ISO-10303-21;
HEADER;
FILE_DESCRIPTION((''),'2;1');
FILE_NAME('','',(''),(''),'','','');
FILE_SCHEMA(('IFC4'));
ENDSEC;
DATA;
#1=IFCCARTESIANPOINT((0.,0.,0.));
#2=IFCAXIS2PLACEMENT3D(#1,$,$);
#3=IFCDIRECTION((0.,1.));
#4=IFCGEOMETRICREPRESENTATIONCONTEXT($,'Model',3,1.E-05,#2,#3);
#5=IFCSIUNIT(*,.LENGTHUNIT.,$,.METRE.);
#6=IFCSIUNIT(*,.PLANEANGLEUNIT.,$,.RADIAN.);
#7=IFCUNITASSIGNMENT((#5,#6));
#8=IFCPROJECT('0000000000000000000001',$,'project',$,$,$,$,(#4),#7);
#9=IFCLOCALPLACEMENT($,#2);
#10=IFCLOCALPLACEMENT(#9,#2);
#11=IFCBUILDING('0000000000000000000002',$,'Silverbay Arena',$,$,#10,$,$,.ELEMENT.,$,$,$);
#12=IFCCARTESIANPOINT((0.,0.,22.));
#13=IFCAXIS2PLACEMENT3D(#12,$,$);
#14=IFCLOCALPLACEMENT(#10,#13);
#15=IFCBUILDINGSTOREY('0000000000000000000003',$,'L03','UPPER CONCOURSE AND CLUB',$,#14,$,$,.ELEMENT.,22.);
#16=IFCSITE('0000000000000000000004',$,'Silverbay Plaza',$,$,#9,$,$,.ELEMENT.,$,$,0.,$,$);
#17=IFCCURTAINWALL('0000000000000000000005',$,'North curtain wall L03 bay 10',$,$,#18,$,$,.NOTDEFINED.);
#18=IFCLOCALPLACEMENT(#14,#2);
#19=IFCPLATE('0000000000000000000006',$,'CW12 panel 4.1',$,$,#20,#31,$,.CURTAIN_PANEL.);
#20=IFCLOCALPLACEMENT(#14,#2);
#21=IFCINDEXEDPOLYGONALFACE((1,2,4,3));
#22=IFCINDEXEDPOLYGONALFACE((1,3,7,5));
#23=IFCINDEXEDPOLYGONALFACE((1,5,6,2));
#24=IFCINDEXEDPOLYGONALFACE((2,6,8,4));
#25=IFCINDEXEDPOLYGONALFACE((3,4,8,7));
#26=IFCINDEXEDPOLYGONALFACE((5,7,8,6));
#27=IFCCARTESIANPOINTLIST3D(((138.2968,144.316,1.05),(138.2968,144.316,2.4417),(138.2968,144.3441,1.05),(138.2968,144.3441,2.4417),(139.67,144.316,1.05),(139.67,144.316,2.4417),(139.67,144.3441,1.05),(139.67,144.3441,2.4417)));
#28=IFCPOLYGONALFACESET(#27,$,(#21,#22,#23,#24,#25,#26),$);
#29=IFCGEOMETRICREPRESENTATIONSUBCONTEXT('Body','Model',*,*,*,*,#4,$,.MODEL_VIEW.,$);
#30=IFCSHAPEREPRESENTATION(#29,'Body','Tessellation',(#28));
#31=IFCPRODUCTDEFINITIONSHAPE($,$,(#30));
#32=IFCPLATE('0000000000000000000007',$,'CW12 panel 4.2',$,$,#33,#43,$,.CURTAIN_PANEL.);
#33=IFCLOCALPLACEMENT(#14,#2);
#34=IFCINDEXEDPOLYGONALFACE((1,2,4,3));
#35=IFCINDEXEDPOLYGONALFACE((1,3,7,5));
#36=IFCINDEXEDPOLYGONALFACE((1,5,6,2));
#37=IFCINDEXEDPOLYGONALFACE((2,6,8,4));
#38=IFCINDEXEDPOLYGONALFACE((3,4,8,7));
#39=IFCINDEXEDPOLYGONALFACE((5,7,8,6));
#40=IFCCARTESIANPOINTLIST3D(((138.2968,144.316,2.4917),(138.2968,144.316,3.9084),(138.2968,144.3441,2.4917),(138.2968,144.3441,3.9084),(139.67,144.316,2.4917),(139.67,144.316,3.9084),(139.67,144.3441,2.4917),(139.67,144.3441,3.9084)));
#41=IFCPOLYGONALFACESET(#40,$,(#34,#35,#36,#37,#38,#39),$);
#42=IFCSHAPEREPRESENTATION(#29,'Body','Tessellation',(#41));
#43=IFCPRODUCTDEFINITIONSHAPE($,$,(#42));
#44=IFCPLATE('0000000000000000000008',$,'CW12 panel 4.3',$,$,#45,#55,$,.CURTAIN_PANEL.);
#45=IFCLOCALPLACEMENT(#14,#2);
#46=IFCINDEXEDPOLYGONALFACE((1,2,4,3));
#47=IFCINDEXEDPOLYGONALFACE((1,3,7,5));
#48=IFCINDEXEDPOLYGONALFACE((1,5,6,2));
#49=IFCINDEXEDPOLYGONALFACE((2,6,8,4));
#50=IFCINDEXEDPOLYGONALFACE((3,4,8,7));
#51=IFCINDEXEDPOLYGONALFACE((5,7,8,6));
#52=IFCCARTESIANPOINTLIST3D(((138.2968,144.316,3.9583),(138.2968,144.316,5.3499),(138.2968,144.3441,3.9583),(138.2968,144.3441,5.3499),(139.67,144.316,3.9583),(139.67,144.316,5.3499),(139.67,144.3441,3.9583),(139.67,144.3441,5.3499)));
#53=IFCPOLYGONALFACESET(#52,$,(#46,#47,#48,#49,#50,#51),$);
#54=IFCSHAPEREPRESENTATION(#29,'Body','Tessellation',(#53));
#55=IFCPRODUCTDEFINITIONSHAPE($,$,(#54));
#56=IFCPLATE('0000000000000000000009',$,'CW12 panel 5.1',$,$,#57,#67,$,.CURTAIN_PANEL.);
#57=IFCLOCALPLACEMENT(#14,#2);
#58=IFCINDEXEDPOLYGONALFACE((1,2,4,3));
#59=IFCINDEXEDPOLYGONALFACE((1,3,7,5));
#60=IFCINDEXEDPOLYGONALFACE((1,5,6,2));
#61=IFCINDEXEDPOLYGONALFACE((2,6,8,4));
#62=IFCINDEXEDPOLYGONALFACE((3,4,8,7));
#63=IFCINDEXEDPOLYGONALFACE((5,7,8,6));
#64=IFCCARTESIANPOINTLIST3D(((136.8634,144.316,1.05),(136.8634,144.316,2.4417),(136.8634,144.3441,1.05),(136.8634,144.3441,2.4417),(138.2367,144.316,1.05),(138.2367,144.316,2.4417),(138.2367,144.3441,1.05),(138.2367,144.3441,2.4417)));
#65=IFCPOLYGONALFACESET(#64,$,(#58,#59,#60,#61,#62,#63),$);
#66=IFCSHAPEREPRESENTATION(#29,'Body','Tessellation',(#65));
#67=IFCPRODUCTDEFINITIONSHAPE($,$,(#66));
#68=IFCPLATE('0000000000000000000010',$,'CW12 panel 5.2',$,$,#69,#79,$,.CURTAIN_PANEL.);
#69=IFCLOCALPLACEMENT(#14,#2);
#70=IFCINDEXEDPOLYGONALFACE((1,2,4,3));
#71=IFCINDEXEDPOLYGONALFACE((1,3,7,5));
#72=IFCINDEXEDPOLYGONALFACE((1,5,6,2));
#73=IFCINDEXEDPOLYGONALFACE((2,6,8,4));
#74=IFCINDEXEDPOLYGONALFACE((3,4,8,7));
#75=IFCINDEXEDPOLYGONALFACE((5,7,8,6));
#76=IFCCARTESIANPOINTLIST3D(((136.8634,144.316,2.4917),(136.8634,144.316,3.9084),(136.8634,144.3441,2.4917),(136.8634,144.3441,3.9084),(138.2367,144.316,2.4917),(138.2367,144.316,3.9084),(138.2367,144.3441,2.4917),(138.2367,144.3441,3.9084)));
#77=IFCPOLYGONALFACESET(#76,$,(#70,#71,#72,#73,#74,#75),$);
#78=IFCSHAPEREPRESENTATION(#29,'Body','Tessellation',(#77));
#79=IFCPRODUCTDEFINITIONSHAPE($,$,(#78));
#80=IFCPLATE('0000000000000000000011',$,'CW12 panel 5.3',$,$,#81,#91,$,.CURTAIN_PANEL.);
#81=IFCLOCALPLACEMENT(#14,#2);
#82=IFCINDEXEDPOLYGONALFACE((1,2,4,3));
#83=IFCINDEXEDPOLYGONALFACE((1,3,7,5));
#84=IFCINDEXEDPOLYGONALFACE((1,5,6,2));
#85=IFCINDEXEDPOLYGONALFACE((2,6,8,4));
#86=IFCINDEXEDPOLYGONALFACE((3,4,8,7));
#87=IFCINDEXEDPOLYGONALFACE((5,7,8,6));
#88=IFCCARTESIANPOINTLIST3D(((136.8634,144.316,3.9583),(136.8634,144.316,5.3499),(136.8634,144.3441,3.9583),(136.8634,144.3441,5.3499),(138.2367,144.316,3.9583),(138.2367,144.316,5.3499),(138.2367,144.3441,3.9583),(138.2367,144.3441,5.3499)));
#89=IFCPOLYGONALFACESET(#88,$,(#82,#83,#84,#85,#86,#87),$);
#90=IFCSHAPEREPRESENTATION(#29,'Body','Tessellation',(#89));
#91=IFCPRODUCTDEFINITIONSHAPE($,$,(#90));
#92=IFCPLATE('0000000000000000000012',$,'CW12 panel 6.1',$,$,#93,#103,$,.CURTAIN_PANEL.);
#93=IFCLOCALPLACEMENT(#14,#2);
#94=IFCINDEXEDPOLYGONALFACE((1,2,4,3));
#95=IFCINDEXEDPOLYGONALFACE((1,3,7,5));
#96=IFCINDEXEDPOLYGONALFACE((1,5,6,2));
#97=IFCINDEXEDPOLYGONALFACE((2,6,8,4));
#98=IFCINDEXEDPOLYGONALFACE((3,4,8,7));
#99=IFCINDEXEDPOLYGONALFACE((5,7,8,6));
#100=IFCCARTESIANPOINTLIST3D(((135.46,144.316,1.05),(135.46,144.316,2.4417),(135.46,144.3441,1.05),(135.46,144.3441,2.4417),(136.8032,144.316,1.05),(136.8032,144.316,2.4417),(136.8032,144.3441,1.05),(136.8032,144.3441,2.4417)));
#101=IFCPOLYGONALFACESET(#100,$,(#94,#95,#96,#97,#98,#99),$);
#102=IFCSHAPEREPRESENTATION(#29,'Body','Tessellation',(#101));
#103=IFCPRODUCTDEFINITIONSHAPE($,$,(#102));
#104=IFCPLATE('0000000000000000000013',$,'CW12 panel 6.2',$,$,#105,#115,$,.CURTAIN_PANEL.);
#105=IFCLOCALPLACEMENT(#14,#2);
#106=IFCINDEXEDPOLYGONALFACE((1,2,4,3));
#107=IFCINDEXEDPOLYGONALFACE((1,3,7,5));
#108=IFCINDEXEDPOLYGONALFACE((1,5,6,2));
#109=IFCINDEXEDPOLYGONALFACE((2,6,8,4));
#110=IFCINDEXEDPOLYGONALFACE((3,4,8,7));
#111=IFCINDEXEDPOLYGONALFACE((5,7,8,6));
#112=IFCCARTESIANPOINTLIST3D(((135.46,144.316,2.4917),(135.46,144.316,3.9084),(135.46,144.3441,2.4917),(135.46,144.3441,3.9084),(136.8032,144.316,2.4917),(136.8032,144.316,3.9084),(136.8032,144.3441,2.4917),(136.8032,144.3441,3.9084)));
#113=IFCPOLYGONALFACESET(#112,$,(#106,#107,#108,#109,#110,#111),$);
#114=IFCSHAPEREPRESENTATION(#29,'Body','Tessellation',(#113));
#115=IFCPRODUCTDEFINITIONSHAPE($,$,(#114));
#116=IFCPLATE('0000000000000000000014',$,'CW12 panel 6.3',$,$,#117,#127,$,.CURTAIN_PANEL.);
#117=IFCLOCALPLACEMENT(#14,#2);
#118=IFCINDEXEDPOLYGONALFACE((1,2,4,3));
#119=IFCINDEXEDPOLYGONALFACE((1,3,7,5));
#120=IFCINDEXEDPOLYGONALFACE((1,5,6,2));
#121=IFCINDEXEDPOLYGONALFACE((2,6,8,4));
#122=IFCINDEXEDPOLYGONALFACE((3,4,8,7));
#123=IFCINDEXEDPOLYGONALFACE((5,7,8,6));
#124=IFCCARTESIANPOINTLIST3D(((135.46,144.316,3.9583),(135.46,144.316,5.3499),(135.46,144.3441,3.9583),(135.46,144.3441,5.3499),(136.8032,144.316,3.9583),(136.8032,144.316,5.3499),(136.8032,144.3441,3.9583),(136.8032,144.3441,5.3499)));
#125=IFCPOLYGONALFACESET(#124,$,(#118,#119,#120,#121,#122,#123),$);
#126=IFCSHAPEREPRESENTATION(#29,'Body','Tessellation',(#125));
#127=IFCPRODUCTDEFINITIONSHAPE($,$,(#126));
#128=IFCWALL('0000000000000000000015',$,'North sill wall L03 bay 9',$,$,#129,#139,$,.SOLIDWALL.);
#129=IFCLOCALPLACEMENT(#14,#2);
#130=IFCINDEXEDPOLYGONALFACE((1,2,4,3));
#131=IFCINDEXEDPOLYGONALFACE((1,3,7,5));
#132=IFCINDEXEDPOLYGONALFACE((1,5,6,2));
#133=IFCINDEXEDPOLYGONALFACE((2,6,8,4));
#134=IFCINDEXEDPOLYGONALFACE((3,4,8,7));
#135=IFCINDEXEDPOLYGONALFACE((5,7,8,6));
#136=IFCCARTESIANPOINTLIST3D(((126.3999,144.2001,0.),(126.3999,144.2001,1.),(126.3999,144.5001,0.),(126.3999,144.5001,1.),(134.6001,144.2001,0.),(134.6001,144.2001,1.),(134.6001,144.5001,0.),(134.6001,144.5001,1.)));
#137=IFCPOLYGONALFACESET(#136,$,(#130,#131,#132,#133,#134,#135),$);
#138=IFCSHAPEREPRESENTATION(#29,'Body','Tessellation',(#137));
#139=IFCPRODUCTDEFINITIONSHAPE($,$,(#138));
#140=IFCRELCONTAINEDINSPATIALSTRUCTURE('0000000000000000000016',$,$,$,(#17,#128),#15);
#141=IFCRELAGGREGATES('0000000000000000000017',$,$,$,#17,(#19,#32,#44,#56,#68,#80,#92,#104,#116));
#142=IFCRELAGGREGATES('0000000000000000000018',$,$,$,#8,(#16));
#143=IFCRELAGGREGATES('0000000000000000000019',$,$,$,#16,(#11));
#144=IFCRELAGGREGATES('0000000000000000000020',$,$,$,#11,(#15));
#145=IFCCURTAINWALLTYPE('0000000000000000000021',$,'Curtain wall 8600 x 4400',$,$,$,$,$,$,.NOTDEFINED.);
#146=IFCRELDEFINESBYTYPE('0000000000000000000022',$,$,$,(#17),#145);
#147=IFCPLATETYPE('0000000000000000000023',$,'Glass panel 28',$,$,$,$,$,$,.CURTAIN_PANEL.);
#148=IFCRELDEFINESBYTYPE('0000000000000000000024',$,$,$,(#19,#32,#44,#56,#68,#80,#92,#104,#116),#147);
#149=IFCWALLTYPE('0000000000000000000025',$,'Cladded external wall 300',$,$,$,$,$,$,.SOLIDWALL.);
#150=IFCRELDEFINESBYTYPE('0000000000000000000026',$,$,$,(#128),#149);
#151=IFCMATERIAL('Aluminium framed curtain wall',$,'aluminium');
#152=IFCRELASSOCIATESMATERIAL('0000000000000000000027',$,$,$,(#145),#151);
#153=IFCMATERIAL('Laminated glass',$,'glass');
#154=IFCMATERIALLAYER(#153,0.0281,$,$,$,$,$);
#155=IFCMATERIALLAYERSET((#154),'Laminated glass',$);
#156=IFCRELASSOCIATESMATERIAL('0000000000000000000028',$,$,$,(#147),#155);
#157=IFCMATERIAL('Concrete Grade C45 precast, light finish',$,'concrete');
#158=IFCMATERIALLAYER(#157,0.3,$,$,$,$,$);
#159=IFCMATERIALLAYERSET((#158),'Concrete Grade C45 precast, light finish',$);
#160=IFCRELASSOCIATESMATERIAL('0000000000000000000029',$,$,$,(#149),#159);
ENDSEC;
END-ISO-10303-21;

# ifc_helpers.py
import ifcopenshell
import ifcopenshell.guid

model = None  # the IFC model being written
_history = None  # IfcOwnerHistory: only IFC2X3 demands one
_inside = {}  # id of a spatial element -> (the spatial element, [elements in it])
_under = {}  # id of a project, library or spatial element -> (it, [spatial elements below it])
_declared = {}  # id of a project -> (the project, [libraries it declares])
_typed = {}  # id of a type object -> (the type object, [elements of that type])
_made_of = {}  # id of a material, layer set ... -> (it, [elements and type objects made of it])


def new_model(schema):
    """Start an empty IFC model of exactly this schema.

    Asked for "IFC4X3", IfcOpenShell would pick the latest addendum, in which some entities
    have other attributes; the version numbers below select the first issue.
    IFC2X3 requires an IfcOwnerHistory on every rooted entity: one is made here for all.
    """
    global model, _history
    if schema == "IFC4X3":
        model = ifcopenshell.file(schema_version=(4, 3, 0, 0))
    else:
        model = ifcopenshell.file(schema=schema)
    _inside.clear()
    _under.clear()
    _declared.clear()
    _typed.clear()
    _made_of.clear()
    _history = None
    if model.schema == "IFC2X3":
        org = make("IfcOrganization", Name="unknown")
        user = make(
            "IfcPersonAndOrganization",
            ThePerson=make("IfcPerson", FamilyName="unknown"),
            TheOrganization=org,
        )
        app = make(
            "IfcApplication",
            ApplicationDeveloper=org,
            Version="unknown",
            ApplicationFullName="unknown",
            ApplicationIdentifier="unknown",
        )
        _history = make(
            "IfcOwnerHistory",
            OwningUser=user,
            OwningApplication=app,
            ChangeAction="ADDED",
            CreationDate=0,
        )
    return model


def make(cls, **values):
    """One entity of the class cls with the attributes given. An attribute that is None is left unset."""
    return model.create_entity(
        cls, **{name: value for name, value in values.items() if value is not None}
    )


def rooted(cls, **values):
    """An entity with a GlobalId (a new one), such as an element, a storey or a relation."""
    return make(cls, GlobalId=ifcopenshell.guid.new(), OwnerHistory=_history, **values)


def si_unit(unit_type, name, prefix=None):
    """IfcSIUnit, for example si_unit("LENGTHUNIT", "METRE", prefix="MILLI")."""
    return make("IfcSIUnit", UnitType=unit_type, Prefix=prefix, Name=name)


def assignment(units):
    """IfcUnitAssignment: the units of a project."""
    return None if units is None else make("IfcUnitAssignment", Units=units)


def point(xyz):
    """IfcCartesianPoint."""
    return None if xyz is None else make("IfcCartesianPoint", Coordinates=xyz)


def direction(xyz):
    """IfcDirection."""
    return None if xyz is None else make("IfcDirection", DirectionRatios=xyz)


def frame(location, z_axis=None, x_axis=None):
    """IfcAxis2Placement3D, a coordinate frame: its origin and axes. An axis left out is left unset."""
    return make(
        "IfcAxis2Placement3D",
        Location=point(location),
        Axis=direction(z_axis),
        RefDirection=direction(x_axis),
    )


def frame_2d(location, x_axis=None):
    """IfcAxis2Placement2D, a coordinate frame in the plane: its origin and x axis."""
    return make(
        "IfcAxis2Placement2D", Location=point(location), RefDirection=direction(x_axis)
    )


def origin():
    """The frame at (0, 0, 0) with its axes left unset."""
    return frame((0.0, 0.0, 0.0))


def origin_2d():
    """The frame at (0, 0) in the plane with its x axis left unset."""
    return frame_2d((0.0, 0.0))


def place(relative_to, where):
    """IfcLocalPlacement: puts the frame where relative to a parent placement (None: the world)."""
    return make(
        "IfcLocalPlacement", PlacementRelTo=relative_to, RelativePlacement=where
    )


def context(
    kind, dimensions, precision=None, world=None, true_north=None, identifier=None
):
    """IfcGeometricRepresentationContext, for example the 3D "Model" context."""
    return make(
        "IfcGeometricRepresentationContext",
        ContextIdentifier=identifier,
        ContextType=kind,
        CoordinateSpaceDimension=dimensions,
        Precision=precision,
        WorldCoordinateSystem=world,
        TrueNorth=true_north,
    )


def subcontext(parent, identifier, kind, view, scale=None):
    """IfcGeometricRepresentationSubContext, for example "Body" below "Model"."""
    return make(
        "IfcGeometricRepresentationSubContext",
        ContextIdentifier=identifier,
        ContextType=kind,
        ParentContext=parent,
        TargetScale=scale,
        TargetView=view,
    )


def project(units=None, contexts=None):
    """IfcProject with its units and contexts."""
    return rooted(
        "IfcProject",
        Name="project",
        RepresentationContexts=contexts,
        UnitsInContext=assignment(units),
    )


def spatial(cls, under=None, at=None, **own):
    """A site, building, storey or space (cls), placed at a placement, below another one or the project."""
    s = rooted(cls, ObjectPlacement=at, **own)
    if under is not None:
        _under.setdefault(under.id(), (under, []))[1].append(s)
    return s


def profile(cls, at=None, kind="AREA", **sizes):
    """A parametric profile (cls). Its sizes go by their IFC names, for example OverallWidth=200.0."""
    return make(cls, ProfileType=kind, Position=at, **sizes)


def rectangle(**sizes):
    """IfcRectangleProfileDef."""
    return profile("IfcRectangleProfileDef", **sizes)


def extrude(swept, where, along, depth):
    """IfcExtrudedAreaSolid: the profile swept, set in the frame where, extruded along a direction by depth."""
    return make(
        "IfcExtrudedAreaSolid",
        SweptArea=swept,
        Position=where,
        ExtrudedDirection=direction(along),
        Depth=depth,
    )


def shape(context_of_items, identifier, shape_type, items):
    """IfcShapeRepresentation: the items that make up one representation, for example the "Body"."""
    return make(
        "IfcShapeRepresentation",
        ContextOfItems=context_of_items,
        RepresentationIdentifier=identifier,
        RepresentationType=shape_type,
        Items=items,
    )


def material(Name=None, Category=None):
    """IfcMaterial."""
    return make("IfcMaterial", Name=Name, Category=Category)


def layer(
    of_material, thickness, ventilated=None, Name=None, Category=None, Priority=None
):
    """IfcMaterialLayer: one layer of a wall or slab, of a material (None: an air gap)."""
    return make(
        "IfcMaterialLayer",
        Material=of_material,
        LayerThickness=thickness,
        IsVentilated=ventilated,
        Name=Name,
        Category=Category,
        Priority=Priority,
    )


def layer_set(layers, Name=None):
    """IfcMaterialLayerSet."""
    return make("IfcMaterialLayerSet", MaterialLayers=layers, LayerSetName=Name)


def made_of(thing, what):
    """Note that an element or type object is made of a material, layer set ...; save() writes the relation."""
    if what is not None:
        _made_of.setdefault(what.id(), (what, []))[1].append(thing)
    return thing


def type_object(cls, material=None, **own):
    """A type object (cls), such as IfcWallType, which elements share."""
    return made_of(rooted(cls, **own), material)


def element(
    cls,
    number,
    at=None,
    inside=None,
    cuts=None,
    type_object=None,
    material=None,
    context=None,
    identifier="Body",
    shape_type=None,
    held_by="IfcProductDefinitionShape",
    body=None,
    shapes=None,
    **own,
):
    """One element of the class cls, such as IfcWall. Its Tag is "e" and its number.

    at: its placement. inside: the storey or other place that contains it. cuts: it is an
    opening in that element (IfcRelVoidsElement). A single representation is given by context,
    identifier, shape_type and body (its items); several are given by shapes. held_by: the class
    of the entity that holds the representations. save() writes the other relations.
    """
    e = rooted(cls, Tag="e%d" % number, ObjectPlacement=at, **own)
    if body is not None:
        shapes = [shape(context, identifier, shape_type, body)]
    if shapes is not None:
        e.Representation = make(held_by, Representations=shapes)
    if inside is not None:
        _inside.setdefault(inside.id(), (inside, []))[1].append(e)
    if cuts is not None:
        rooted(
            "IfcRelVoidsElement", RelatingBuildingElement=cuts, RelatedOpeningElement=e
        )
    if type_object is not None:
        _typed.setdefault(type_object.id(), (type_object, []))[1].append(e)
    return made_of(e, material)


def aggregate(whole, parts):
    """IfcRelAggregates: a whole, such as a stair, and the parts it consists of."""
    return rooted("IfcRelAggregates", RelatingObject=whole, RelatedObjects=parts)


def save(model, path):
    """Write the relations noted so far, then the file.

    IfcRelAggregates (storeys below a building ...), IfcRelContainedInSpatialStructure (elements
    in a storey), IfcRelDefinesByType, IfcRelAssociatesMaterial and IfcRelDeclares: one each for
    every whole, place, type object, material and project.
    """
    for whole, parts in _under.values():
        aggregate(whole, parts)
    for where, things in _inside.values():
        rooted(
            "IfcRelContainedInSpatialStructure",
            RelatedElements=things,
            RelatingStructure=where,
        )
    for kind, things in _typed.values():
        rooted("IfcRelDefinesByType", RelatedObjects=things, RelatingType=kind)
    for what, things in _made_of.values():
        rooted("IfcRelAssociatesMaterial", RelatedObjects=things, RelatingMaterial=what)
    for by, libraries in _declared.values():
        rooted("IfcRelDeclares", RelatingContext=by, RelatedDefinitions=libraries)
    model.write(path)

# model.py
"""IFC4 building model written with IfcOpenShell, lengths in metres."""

from ifc_helpers import new_model, si_unit, direction, frame, frame_2d, origin, origin_2d, place, context, subcontext, project, spatial, rectangle, extrude, material, layer, layer_set, type_object, element, aggregate, save


model = new_model("IFC4")

# Units and contexts
model_context = context("Model", 3, precision=1e-05, world=origin(), true_north=direction((0.0, 1.0)))
body_context = subcontext(model_context, "Body", "Model", "MODEL_VIEW")
ifc_project = project(units=[si_unit("LENGTHUNIT", "METRE"), si_unit("PLANEANGLEUNIT", "RADIAN")], contexts=[model_context])

# Site, building, storey
site_placement = place(None, origin())
site = spatial("IfcSite", under=ifc_project, at=site_placement, Name="Silverbay Plaza", CompositionType="ELEMENT", RefElevation=0.0)
building_placement = place(site_placement, origin())
building = spatial("IfcBuilding", under=site, at=building_placement, Name="Silverbay Arena", CompositionType="ELEMENT")
storey_placement = place(building_placement, frame((0.0, 0.0, 22.0)))
storey = spatial("IfcBuildingStorey", under=building, at=storey_placement, Name="L03", Description="UPPER CONCOURSE AND CLUB", CompositionType="ELEMENT", Elevation=22.0)

# Curtain wall
ifc_material_1 = material(Name="Aluminium framed curtain wall", Category="aluminium")
curtain_wall_type_1 = type_object("IfcCurtainWallType", Name="Curtain wall 8600 x 4400", PredefinedType="NOTDEFINED", material=ifc_material_1)
curtain_wall_1_placement = place(storey_placement, origin())
curtain_wall_1 = element("IfcCurtainWall", 1, at=curtain_wall_1_placement, inside=storey, type_object=curtain_wall_type_1, Name="North curtain wall L03 bay 10", PredefinedType="NOTDEFINED")

# Plates
ifc_material_2 = material(Name="Laminated glass", Category="glass")
ifc_layer_1 = layer(ifc_material_2, 0.0281)
ifc_layer_set_1 = layer_set([ifc_layer_1], Name="Laminated glass")
plate_type = type_object("IfcPlateType", Name="Glass panel 28", PredefinedType="CURTAIN_PANEL", material=ifc_layer_set_1)
plate_1_placement = place(storey_placement, frame((138.9834, 144.3301, 1.05), z_axis=(0.0, 0.0, 1.0), x_axis=(-1.0, 0.0, 0.0)))
plate_1 = element("IfcPlate", 2, at=plate_1_placement, type_object=plate_type, Name="CW12 panel 4.1", PredefinedType="CURTAIN_PANEL", context=body_context, shape_type="SweptSolid", body=[
    extrude(rectangle(XDim=1.3733, YDim=0.0281, at=origin_2d()), origin(), (0.0, 0.0, 1.0), 1.3916),
])
plate_2_placement = place(storey_placement, frame((138.9834, 144.3301, 2.4917), z_axis=(0.0, 0.0, 1.0), x_axis=(-1.0, 0.0, 0.0)))
plate_2 = element("IfcPlate", 3, at=plate_2_placement, type_object=plate_type, Name="CW12 panel 4.2", PredefinedType="CURTAIN_PANEL", context=body_context, shape_type="SweptSolid", body=[
    extrude(rectangle(XDim=1.3733, YDim=0.0281, at=origin_2d()), origin(), (0.0, 0.0, 1.0), 1.4167),
])
plate_3_placement = place(storey_placement, frame((138.9834, 144.3301, 3.9583), z_axis=(0.0, 0.0, 1.0), x_axis=(-1.0, 0.0, 0.0)))
plate_3 = element("IfcPlate", 4, at=plate_3_placement, type_object=plate_type, Name="CW12 panel 4.3", PredefinedType="CURTAIN_PANEL", context=body_context, shape_type="SweptSolid", body=[
    extrude(rectangle(XDim=1.3733, YDim=0.0281, at=origin_2d()), origin(), (0.0, 0.0, 1.0), 1.3916),
])
plate_4_placement = place(storey_placement, frame((137.55, 144.3301, 1.05), z_axis=(0.0, 0.0, 1.0), x_axis=(-1.0, 0.0, 0.0)))
plate_4 = element("IfcPlate", 5, at=plate_4_placement, type_object=plate_type, Name="CW12 panel 5.1", PredefinedType="CURTAIN_PANEL", context=body_context, shape_type="SweptSolid", body=[
    extrude(rectangle(XDim=1.3733, YDim=0.0281, at=origin_2d()), origin(), (0.0, 0.0, 1.0), 1.3916),
])
plate_5_placement = place(storey_placement, frame((137.55, 144.3301, 2.4917), z_axis=(0.0, 0.0, 1.0), x_axis=(-1.0, 0.0, 0.0)))
plate_5 = element("IfcPlate", 6, at=plate_5_placement, type_object=plate_type, Name="CW12 panel 5.2", PredefinedType="CURTAIN_PANEL", context=body_context, shape_type="SweptSolid", body=[
    extrude(rectangle(XDim=1.3733, YDim=0.0281, at=origin_2d()), origin(), (0.0, 0.0, 1.0), 1.4167),
])
plate_6_placement = place(storey_placement, frame((137.55, 144.3301, 3.9583), z_axis=(0.0, 0.0, 1.0), x_axis=(-1.0, 0.0, 0.0)))
plate_6 = element("IfcPlate", 7, at=plate_6_placement, type_object=plate_type, Name="CW12 panel 5.3", PredefinedType="CURTAIN_PANEL", context=body_context, shape_type="SweptSolid", body=[
    extrude(rectangle(XDim=1.3733, YDim=0.0281, at=origin_2d()), origin(), (0.0, 0.0, 1.0), 1.3916),
])
plate_7_placement = place(storey_placement, frame((136.1316, 144.3301, 1.05), z_axis=(0.0, 0.0, 1.0), x_axis=(-1.0, 0.0, 0.0)))
plate_7 = element("IfcPlate", 8, at=plate_7_placement, type_object=plate_type, Name="CW12 panel 6.1", PredefinedType="CURTAIN_PANEL", context=body_context, shape_type="SweptSolid", body=[
    extrude(rectangle(XDim=1.3433, YDim=0.0281, at=origin_2d()), origin(), (0.0, 0.0, 1.0), 1.3916),
])
plate_8_placement = place(storey_placement, frame((136.1316, 144.3301, 2.4917), z_axis=(0.0, 0.0, 1.0), x_axis=(-1.0, 0.0, 0.0)))
plate_8 = element("IfcPlate", 9, at=plate_8_placement, type_object=plate_type, Name="CW12 panel 6.2", PredefinedType="CURTAIN_PANEL", context=body_context, shape_type="SweptSolid", body=[
    extrude(rectangle(XDim=1.3433, YDim=0.0281, at=origin_2d()), origin(), (0.0, 0.0, 1.0), 1.4167),
])
plate_9_placement = place(storey_placement, frame((136.1316, 144.3301, 3.9583), z_axis=(0.0, 0.0, 1.0), x_axis=(-1.0, 0.0, 0.0)))
plate_9 = element("IfcPlate", 10, at=plate_9_placement, type_object=plate_type, Name="CW12 panel 6.3", PredefinedType="CURTAIN_PANEL", context=body_context, shape_type="SweptSolid", body=[
    extrude(rectangle(XDim=1.3433, YDim=0.0281, at=origin_2d()), origin(), (0.0, 0.0, 1.0), 1.3916),
])
aggregate(curtain_wall_1, [plate_1, plate_2, plate_3, plate_4, plate_5, plate_6, plate_7, plate_8, plate_9])

# Wall
ifc_material_3 = material(Name="Concrete Grade C45 precast, light finish", Category="concrete")
ifc_layer_2 = layer(ifc_material_3, 0.3)
ifc_layer_set_2 = layer_set([ifc_layer_2], Name="Concrete Grade C45 precast, light finish")
wall_type = type_object("IfcWallType", Name="Cladded external wall 300", PredefinedType="SOLIDWALL", material=ifc_layer_set_2)
wall_placement = place(storey_placement, frame((134.6001, 144.3501, 0.0), z_axis=(0.0, 0.0, 1.0), x_axis=(-1.0, 0.0, 0.0)))
element("IfcWall", 11, at=wall_placement, inside=storey, type_object=wall_type, Name="North sill wall L03 bay 9", PredefinedType="SOLIDWALL", context=body_context, shape_type="SweptSolid", body=[
    extrude(rectangle(XDim=8.2002, YDim=0.3, at=frame_2d((4.1001, 0.0))), origin(), (0.0, 0.0, 1.0), 1.0),
])

save(model, "model.ifc")
